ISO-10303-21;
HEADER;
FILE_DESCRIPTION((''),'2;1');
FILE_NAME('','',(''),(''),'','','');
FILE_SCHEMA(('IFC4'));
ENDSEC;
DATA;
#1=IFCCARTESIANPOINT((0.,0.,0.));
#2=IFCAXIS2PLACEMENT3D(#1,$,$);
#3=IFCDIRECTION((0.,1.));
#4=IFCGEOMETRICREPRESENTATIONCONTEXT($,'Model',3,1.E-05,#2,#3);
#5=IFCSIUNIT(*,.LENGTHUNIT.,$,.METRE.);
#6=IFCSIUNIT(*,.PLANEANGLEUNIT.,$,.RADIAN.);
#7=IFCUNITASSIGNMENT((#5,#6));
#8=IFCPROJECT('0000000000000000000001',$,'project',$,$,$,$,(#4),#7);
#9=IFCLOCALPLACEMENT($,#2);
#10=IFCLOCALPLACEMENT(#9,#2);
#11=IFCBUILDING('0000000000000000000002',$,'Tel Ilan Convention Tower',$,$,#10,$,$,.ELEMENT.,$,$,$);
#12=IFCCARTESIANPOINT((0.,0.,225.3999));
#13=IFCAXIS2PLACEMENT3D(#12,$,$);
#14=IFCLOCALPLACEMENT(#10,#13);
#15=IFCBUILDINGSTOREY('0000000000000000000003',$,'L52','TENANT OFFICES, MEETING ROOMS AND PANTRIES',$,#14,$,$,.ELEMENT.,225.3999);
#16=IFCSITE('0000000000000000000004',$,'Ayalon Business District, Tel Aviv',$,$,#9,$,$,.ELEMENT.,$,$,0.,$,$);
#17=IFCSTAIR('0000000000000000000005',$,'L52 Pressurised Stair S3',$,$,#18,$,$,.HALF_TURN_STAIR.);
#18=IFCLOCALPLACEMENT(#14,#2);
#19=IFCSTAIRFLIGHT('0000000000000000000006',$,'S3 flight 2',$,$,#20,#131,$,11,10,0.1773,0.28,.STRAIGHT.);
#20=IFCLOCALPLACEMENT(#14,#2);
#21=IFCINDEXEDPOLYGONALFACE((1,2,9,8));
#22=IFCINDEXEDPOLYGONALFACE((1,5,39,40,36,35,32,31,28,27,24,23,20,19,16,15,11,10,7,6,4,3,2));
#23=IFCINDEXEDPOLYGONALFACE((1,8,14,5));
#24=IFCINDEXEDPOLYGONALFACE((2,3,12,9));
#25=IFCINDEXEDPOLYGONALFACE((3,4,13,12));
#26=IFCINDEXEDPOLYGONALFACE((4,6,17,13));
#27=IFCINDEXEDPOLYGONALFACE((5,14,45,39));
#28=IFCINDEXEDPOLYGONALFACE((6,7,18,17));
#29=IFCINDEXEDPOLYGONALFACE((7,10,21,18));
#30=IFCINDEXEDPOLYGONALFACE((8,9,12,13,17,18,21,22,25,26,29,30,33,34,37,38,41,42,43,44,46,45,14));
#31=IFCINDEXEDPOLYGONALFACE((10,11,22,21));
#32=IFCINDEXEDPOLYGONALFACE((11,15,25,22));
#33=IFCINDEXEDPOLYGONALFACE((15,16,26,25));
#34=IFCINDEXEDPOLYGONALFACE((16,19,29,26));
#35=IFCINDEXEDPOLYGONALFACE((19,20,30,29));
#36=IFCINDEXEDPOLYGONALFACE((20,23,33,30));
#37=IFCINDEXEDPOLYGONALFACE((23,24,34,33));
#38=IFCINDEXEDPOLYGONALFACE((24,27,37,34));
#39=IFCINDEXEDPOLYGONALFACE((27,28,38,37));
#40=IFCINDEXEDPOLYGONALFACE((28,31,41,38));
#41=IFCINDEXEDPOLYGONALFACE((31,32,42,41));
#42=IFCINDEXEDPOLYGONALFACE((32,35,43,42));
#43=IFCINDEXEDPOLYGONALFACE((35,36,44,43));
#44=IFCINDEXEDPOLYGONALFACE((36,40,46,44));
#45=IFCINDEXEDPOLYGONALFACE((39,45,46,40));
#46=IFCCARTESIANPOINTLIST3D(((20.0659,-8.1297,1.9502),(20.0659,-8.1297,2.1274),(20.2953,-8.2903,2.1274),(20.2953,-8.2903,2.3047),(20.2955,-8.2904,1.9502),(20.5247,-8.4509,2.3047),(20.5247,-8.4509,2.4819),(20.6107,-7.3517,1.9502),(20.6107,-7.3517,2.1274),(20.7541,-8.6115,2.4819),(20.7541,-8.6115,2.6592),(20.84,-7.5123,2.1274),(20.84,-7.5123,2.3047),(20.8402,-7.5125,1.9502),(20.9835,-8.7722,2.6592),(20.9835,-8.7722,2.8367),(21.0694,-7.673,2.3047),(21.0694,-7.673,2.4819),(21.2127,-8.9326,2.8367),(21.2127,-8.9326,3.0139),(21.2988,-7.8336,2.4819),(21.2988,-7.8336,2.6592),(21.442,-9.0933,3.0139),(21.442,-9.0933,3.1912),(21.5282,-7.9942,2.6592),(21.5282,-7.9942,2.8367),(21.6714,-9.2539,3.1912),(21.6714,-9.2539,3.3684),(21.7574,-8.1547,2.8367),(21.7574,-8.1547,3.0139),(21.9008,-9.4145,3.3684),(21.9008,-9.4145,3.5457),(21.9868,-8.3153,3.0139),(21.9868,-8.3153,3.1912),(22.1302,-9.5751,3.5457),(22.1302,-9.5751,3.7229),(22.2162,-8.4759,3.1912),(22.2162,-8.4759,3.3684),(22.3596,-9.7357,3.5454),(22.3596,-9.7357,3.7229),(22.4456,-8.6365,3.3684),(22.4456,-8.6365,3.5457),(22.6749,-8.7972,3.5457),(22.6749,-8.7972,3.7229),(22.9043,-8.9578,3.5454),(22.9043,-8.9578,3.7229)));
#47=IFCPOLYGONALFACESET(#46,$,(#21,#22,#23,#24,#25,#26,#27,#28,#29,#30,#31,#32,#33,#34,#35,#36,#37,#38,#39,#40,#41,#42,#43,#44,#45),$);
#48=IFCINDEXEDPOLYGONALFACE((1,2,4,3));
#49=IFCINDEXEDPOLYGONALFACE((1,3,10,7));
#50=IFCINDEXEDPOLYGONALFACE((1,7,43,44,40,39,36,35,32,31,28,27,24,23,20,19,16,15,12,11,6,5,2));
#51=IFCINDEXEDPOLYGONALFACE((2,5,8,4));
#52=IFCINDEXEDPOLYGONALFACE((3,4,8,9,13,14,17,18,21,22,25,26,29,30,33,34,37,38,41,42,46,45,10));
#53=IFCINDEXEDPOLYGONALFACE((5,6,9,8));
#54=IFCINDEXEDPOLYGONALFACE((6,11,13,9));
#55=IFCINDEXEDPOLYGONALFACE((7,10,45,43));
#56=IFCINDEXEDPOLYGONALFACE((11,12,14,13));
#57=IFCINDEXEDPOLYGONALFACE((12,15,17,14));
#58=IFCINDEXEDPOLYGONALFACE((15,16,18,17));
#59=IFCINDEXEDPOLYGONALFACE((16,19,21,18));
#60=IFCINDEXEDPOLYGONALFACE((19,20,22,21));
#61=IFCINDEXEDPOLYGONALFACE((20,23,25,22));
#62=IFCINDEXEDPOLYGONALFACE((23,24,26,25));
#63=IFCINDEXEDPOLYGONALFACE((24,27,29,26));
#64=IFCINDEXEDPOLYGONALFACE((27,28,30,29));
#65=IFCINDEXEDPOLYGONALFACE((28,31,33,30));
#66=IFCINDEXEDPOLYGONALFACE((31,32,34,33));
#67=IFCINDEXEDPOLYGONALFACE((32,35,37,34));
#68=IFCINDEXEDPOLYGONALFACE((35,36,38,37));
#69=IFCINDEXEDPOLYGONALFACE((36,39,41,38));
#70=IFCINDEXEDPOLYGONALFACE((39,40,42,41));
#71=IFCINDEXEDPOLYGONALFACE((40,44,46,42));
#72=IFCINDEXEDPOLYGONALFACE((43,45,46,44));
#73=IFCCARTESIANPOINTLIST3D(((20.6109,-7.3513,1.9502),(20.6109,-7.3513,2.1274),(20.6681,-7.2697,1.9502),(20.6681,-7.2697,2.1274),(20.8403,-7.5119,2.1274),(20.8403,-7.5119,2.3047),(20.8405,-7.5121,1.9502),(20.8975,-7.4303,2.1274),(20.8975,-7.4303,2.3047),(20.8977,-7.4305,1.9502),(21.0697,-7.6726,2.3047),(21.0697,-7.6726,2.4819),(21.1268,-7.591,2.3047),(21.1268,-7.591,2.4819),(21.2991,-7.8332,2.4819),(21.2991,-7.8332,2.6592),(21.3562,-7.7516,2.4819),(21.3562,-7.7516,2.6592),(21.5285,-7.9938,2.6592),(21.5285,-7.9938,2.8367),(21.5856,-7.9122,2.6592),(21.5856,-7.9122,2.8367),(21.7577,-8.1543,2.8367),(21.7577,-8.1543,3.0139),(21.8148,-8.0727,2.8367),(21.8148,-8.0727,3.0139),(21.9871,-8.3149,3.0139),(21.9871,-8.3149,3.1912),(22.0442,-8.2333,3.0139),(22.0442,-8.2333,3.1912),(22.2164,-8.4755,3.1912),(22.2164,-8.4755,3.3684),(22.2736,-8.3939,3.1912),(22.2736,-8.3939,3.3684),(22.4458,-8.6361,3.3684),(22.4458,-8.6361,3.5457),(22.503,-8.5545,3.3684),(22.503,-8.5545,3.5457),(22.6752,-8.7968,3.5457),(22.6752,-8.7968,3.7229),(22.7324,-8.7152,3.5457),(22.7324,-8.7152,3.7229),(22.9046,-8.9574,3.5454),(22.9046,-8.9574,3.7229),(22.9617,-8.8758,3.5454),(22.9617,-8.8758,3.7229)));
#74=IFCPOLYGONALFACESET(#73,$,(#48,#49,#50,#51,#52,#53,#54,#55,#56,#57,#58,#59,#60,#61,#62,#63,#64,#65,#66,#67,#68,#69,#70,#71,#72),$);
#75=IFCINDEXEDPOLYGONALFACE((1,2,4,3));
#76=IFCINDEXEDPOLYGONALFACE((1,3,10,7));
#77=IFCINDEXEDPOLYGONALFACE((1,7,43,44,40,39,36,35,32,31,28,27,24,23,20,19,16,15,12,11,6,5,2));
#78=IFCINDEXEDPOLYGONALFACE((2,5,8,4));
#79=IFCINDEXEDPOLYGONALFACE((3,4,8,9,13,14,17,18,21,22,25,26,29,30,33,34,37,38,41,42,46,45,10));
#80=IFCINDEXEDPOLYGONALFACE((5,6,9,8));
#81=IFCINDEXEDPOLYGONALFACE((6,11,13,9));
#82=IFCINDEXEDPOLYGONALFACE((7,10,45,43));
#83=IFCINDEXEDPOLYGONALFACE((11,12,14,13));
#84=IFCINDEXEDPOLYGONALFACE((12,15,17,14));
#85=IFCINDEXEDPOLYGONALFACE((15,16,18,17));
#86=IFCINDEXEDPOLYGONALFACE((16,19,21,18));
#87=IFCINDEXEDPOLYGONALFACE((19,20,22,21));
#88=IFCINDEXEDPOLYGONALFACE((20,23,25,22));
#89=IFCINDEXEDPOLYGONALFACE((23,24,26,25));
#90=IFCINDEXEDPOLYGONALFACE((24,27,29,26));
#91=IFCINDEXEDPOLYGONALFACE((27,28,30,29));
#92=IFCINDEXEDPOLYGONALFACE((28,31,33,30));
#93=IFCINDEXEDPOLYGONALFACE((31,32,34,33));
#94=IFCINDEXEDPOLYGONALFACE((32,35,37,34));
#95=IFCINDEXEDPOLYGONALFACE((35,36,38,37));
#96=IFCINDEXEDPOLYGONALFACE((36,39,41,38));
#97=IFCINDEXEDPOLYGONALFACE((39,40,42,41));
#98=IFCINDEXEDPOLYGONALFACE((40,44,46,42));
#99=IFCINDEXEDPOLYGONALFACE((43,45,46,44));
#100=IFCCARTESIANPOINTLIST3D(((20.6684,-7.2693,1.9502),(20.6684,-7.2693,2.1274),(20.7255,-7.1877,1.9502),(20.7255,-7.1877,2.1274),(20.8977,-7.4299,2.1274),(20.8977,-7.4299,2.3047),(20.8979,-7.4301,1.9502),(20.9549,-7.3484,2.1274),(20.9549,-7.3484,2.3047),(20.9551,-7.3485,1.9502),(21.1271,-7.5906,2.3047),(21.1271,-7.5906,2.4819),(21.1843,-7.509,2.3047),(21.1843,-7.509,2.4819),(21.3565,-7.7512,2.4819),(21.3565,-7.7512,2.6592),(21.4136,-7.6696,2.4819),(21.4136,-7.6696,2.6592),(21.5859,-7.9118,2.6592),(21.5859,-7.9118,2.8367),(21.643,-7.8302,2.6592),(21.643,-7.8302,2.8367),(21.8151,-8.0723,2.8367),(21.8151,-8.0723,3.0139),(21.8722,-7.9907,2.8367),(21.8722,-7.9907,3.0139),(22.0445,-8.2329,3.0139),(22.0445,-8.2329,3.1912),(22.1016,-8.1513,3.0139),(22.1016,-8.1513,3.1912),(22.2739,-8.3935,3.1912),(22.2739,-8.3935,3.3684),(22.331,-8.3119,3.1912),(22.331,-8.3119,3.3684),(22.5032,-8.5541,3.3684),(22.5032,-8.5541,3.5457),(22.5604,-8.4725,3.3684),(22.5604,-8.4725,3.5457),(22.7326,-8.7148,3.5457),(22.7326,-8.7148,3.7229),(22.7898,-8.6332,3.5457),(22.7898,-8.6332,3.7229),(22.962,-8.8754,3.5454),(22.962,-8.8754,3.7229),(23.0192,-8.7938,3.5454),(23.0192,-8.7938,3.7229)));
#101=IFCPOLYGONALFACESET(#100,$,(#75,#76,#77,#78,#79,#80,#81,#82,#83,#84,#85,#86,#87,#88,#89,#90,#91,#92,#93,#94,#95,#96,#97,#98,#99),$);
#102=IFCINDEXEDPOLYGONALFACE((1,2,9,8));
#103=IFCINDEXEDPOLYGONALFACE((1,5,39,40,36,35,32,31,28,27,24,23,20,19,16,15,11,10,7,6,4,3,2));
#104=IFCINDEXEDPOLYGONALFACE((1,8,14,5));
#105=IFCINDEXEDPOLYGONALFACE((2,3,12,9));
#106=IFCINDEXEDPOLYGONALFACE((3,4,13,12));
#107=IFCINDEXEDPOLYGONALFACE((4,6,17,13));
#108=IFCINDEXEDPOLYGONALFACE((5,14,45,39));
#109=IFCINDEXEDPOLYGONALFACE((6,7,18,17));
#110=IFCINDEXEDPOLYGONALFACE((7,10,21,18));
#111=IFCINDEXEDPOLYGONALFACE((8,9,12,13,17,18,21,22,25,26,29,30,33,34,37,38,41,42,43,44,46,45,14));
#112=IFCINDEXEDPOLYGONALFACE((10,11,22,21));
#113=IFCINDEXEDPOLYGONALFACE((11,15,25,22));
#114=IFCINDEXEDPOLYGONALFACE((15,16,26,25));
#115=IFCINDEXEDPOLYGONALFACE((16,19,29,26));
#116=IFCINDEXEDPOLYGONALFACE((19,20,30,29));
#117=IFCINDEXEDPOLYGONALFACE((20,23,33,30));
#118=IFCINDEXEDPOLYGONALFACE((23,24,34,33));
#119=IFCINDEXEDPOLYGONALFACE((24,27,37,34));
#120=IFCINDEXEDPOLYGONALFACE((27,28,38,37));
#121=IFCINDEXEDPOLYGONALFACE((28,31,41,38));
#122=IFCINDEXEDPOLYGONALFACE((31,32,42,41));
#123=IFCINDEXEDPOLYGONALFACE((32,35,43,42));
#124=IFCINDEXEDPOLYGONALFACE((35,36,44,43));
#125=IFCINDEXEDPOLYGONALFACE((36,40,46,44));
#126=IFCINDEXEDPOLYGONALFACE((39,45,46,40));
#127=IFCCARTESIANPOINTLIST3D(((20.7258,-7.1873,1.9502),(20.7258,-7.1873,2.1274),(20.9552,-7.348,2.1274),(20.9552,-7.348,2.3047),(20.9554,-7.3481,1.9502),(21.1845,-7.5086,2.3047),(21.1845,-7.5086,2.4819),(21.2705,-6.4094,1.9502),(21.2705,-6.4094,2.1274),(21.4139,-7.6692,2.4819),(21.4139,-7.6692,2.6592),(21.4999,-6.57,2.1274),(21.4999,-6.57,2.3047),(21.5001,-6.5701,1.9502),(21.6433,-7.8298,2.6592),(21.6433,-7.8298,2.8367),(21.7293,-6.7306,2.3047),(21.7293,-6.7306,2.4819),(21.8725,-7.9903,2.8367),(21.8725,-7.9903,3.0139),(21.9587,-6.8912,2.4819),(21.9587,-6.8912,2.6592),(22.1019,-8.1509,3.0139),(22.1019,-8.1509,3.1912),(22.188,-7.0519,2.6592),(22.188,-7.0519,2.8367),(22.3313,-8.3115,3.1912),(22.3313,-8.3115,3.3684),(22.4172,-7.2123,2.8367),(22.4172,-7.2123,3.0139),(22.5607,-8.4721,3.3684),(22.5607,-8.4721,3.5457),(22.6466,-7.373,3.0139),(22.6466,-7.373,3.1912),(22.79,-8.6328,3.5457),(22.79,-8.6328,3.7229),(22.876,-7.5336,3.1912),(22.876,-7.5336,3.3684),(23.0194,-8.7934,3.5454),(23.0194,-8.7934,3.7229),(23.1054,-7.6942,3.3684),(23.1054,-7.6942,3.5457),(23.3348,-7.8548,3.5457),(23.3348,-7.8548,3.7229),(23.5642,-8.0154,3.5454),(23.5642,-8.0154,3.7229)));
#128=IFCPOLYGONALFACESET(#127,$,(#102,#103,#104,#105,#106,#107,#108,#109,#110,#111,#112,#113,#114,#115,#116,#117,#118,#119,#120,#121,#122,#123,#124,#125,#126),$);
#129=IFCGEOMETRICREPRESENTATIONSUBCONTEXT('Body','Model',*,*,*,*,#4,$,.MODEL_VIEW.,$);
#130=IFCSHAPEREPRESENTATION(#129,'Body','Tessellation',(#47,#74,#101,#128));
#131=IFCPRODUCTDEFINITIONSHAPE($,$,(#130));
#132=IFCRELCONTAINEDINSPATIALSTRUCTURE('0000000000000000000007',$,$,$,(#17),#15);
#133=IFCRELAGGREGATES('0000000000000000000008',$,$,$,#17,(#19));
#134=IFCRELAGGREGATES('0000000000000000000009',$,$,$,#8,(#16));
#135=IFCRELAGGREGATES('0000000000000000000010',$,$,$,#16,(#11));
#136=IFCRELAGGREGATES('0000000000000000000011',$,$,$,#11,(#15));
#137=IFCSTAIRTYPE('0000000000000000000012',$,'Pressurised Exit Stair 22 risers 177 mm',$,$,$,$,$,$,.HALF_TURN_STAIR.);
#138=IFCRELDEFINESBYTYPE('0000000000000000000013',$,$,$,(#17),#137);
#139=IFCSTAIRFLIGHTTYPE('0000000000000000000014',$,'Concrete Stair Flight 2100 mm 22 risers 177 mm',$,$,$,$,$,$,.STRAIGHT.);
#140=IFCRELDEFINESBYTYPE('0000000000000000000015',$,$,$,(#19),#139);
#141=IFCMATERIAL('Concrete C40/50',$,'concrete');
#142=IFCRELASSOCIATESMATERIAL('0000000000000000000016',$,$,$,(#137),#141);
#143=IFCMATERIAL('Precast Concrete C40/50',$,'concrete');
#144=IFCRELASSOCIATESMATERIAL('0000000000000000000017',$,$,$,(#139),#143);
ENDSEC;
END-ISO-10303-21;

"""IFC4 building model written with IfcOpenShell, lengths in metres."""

from ifc_helpers import new_model, si_unit, direction, frame, origin, place, context, subcontext, project, spatial, polyline, outline, extrude, material, type_object, element, aggregate, save


model = new_model("IFC4")

# Units and contexts
model_context = context("Model", 3, precision=1e-05, world=origin(), true_north=direction((0.0, 1.0)))
body_context = subcontext(model_context, "Body", "Model", "MODEL_VIEW")
ifc_project = project(units=[si_unit("LENGTHUNIT", "METRE"), si_unit("PLANEANGLEUNIT", "RADIAN")], contexts=[model_context])

# Site, building, storey
site_placement = place(None, origin())
site = spatial("IfcSite", under=ifc_project, at=site_placement, Name="Ayalon Business District, Tel Aviv", CompositionType="ELEMENT", RefElevation=0.0)
building_placement = place(site_placement, origin())
building = spatial("IfcBuilding", under=site, at=building_placement, Name="Tel Ilan Convention Tower", CompositionType="ELEMENT")
storey_placement = place(building_placement, frame((0.0, 0.0, 225.3999)))
storey = spatial("IfcBuildingStorey", under=building, at=storey_placement, Name="L52", Description="TENANT OFFICES, MEETING ROOMS AND PANTRIES", CompositionType="ELEMENT", Elevation=225.3999)

# Stair, stair flight
ifc_material_1 = material(Name="Concrete C40/50", Category="concrete")
stair_type = type_object("IfcStairType", Name="Pressurised Exit Stair 22 risers 177 mm", PredefinedType="HALF_TURN_STAIR", material=ifc_material_1)
stair_1_placement = place(storey_placement, origin())
stair_1 = element("IfcStair", 1, at=stair_1_placement, inside=storey, type_object=stair_type, Name="L52 Pressurised Stair S3", PredefinedType="HALF_TURN_STAIR")
ifc_material_2 = material(Name="Precast Concrete C40/50", Category="concrete")
stair_flight_type = type_object("IfcStairFlightType", Name="Concrete Stair Flight 2100 mm 22 risers 177 mm", PredefinedType="STRAIGHT", material=ifc_material_2)
stair_flight_1_placement = place(storey_placement, frame((20.6682, -7.2695, 1.9502), z_axis=(0.0, 0.0, 1.0), x_axis=(0.819152, -0.573576, 0.0)))
stair_flight_1 = element("IfcStairFlight", 2, at=stair_flight_1_placement, type_object=stair_flight_type, Name="S3 flight 2", NumberOfRisers=11, NumberOfTreads=10, PredefinedType="STRAIGHT", RiserHeight=0.1773, TreadLength=0.28, context=body_context, shape_type="SweptSolid", body=[
    extrude(outline(polyline([(0.0, 0.0), (0.0, 0.1772), (0.28, 0.1772), (0.28, 0.3545), (0.5601, 0.3545), (0.5601, 0.5317), (0.8401, 0.5317), (0.8401, 0.709), (1.1201, 0.709), (1.1201, 0.8865), (1.3999, 0.8865), (1.3999, 1.0637), (1.6799, 1.0637), (1.6799, 1.241), (1.96, 1.241), (1.96, 1.4182), (2.24, 1.4182), (2.24, 1.5955), (2.52, 1.5955), (2.52, 1.7727), (2.8, 1.7727), (2.8, 1.95), (2.8, 1.5952), (0.2803, 0.0), (0.0, 0.0)])), frame((0.0, -0.1003, 0.0), z_axis=(0.0, -1.0, 0.0), x_axis=(1.0, 0.0, 0.0)), (0.0, 0.0, 1.0), 0.9497),
    extrude(outline(polyline([(0.0, 0.0), (0.0, 0.1772), (0.28, 0.1772), (0.28, 0.3545), (0.5601, 0.3545), (0.5601, 0.5317), (0.8401, 0.5317), (0.8401, 0.709), (1.1201, 0.709), (1.1201, 0.8865), (1.3999, 0.8865), (1.3999, 1.0637), (1.6799, 1.0637), (1.6799, 1.241), (1.96, 1.241), (1.96, 1.4182), (2.24, 1.4182), (2.24, 1.5955), (2.52, 1.5955), (2.52, 1.7727), (2.8, 1.7727), (2.8, 1.95), (2.8, 1.5952), (0.2803, 0.0), (0.0, 0.0)])), frame((0.0, -0.0002, 0.0), z_axis=(0.0, -1.0, 0.0), x_axis=(1.0, 0.0, 0.0)), (0.0, 0.0, 1.0), 0.0996),
    extrude(outline(polyline([(0.0, 0.0), (0.0, 0.1772), (0.28, 0.1772), (0.28, 0.3545), (0.5601, 0.3545), (0.5601, 0.5317), (0.8401, 0.5317), (0.8401, 0.709), (1.1201, 0.709), (1.1201, 0.8865), (1.3999, 0.8865), (1.3999, 1.0637), (1.6799, 1.0637), (1.6799, 1.241), (1.96, 1.241), (1.96, 1.4182), (2.24, 1.4182), (2.24, 1.5955), (2.52, 1.5955), (2.52, 1.7727), (2.8, 1.7727), (2.8, 1.95), (2.8, 1.5952), (0.2803, 0.0), (0.0, 0.0)])), frame((0.0, 0.0999, 0.0), z_axis=(0.0, -1.0, 0.0), x_axis=(1.0, 0.0, 0.0)), (0.0, 0.0, 1.0), 0.0996),
    extrude(outline(polyline([(0.0, 0.0), (0.0, 0.1772), (0.28, 0.1772), (0.28, 0.3545), (0.5601, 0.3545), (0.5601, 0.5317), (0.8401, 0.5317), (0.8401, 0.709), (1.1201, 0.709), (1.1201, 0.8865), (1.3999, 0.8865), (1.3999, 1.0637), (1.6799, 1.0637), (1.6799, 1.241), (1.96, 1.241), (1.96, 1.4182), (2.24, 1.4182), (2.24, 1.5955), (2.52, 1.5955), (2.52, 1.7727), (2.8, 1.7727), (2.8, 1.95), (2.8, 1.5952), (0.2803, 0.0), (0.0, 0.0)])), frame((0.0, 1.05, 0.0), z_axis=(0.0, -1.0, 0.0), x_axis=(1.0, 0.0, 0.0)), (0.0, 0.0, 1.0), 0.9497),
])
aggregate(stair_1, [stair_flight_1])

save(model, "model.ifc")
